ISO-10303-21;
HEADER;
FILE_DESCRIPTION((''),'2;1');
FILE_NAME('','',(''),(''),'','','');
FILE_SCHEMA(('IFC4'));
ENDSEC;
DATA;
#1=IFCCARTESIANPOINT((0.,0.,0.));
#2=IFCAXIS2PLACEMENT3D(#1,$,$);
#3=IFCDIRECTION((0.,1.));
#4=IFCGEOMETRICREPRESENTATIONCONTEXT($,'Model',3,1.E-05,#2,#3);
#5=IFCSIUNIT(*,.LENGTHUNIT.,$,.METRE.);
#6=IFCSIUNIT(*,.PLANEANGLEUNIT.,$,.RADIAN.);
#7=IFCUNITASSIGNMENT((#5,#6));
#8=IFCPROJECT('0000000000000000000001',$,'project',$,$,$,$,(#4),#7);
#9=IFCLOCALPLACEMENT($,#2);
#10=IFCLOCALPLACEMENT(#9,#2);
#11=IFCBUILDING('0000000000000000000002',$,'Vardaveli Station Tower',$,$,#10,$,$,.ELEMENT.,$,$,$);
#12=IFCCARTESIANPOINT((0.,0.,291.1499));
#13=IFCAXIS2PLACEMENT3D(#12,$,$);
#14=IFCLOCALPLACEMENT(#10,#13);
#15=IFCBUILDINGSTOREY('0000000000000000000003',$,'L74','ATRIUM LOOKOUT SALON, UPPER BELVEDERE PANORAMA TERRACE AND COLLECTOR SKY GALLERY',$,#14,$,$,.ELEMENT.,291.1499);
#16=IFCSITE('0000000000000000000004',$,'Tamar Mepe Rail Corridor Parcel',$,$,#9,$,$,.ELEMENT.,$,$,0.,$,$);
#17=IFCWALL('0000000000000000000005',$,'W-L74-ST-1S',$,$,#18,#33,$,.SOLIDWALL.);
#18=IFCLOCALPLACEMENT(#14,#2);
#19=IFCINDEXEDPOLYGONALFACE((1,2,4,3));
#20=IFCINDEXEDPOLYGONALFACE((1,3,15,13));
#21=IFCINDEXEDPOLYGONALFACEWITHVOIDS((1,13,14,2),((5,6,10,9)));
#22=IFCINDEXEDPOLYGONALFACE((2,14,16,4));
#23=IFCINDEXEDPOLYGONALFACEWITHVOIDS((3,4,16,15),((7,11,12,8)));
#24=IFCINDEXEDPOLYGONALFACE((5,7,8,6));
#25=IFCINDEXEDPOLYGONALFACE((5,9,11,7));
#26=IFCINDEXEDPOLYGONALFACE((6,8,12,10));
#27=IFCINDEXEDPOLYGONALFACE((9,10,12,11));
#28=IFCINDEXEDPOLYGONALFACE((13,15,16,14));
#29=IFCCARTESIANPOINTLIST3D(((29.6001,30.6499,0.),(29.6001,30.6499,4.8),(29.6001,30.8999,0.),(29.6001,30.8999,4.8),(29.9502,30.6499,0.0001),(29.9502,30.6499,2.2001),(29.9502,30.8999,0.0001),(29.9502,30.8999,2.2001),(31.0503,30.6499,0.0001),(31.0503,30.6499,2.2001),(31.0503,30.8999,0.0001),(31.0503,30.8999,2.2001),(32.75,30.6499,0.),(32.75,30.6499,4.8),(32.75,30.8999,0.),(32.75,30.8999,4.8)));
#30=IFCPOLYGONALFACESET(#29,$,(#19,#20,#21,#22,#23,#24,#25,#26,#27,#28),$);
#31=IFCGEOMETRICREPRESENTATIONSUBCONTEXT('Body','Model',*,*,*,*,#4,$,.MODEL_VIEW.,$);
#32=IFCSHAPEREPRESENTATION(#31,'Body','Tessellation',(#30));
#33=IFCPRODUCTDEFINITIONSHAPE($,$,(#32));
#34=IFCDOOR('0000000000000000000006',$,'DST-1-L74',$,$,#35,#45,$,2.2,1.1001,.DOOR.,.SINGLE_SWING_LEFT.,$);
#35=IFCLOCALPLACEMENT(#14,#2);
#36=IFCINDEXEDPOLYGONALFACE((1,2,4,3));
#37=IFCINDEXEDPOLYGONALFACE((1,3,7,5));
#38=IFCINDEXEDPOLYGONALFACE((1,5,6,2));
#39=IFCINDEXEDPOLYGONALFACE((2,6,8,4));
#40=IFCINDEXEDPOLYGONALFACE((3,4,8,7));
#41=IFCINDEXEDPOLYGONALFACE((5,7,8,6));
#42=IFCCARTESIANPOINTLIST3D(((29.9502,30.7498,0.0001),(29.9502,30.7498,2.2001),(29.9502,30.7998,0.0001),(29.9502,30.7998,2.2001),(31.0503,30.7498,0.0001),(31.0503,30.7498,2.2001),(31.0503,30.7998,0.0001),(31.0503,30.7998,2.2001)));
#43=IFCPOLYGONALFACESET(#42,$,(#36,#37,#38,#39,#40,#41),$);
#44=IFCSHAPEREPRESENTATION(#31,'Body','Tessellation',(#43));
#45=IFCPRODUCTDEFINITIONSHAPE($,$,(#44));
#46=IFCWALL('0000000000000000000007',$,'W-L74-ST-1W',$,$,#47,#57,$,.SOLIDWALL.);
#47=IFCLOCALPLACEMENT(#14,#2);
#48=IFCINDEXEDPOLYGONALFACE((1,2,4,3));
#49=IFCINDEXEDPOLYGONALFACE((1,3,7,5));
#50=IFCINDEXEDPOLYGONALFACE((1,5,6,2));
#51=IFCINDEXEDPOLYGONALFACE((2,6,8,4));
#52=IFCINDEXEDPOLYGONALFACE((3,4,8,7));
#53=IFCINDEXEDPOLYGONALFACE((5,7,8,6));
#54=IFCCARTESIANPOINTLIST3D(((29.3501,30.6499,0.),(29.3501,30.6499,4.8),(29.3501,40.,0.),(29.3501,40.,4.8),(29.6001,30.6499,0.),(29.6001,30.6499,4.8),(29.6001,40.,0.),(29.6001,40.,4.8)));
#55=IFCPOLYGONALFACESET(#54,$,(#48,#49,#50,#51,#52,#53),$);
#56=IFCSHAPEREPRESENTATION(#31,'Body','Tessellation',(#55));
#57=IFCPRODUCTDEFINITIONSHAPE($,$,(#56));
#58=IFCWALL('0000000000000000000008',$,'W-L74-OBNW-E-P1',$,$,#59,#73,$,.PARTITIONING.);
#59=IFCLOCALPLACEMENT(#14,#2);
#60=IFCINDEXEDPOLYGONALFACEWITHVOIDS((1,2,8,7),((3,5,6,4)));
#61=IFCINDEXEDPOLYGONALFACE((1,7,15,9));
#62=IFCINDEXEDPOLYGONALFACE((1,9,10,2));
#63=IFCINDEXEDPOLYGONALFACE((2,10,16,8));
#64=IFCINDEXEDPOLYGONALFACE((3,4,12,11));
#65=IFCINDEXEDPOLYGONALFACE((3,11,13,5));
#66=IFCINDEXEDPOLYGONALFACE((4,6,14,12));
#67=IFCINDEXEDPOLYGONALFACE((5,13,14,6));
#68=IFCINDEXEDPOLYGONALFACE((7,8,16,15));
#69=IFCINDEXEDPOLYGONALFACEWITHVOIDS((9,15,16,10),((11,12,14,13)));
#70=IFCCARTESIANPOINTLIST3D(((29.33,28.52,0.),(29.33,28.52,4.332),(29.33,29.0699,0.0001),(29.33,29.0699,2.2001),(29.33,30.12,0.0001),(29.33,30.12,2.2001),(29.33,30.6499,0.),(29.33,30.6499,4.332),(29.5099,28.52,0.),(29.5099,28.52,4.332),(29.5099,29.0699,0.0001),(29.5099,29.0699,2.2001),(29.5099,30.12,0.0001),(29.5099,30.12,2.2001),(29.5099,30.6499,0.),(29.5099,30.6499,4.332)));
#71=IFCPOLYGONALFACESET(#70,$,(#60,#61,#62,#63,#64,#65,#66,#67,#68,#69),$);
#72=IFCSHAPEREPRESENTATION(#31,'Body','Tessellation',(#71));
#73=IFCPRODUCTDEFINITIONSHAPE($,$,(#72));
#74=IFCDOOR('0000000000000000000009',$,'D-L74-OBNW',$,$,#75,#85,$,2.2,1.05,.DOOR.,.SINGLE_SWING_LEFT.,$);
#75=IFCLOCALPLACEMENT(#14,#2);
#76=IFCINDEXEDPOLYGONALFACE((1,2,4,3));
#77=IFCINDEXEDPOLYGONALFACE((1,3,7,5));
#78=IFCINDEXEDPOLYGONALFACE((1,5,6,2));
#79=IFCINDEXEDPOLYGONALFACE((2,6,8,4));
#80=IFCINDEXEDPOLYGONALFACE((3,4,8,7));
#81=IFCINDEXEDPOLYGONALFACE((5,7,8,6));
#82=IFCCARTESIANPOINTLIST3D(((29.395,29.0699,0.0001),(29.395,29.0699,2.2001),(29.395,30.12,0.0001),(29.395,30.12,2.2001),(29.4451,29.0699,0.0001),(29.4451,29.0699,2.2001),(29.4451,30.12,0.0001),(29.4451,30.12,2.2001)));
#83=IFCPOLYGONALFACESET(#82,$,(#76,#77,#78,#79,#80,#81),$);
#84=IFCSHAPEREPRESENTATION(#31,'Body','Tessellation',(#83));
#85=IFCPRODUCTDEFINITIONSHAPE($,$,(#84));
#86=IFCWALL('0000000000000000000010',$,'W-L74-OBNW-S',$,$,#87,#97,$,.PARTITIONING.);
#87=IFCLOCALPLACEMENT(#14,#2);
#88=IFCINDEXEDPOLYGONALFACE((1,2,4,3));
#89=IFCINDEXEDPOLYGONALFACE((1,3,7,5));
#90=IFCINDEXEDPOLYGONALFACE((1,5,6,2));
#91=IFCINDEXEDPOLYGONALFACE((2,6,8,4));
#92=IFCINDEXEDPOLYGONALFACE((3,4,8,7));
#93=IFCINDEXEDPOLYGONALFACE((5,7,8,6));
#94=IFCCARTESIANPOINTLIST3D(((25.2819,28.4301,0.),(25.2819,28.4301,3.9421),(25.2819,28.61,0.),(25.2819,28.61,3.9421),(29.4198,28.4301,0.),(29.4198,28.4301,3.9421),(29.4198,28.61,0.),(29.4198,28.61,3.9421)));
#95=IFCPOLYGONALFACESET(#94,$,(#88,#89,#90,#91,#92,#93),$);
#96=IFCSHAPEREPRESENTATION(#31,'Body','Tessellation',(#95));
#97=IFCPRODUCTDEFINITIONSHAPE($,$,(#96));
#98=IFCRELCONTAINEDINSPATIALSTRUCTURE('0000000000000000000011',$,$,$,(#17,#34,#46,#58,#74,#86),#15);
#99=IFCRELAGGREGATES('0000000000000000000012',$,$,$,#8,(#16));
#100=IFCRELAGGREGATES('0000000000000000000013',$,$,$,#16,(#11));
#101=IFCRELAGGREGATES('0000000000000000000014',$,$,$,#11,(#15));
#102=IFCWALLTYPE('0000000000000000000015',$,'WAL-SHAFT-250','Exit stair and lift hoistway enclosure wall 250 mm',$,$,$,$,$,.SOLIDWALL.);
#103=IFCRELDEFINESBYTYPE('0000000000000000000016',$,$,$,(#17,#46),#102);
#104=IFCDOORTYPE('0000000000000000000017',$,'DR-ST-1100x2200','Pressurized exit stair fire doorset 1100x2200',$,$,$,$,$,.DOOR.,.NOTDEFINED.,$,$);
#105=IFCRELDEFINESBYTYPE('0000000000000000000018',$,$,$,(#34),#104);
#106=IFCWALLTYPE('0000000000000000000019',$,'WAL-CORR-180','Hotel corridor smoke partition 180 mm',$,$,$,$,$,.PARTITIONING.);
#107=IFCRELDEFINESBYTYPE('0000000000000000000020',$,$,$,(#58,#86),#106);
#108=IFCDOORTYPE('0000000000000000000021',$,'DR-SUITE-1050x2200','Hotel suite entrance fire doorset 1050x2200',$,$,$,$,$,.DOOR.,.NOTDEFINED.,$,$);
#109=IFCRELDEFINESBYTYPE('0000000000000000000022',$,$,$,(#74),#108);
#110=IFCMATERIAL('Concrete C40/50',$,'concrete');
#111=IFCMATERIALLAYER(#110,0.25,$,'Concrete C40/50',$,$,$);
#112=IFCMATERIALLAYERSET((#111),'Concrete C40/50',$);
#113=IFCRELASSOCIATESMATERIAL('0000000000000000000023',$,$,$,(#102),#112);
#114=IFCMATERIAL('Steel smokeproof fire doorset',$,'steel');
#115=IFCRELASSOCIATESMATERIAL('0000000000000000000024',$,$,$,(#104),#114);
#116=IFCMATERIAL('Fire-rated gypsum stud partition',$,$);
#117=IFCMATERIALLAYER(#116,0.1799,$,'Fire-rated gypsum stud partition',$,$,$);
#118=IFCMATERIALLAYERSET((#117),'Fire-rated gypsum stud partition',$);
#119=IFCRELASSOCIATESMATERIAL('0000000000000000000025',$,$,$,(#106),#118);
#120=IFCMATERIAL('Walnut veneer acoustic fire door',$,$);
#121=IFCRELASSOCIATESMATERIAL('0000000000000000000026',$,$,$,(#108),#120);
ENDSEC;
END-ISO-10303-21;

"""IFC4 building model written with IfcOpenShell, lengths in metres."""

from ifc_helpers import new_model, si_unit, direction, frame, frame_2d, origin, place, context, subcontext, project, spatial, rectangle, extrude, source, transform, mapped, material, layer, layer_set, type_object, element, fill, save


model = new_model("IFC4")

# Units and contexts
model_context = context("Model", 3, precision=1e-05, world=origin(), true_north=direction((0.0, 1.0)))
body_context = subcontext(model_context, "Body", "Model", "MODEL_VIEW")
ifc_project = project(units=[si_unit("LENGTHUNIT", "METRE"), si_unit("PLANEANGLEUNIT", "RADIAN")], contexts=[model_context])

# Site, building, storey
site_placement = place(None, origin())
site = spatial("IfcSite", under=ifc_project, at=site_placement, Name="Tamar Mepe Rail Corridor Parcel", CompositionType="ELEMENT", RefElevation=0.0)
building_placement = place(site_placement, origin())
building = spatial("IfcBuilding", under=site, at=building_placement, Name="Vardaveli Station Tower", CompositionType="ELEMENT")
storey_placement = place(building_placement, frame((0.0, 0.0, 291.1499)))
storey = spatial("IfcBuildingStorey", under=building, at=storey_placement, Name="L74", Description="ATRIUM LOOKOUT SALON, UPPER BELVEDERE PANORAMA TERRACE AND COLLECTOR SKY GALLERY", CompositionType="ELEMENT", Elevation=291.1499)

# Wall, opening, door
ifc_material_1 = material(Name="Concrete C40/50", Category="concrete")
ifc_layer_1 = layer(ifc_material_1, 0.25, Name="Concrete C40/50")
ifc_layer_set_1 = layer_set([ifc_layer_1], Name="Concrete C40/50")
wall_type_1 = type_object("IfcWallType", Name="WAL-SHAFT-250", Description="Exit stair and lift hoistway enclosure wall 250 mm", PredefinedType="SOLIDWALL", material=ifc_layer_set_1)
shared_shape_1 = source(origin(), body_context, "Body", "SweptSolid", [
    extrude(rectangle(XDim=3.1499, YDim=0.25, at=frame_2d((1.575, 0.0))), origin(), (0.0, 0.0, 1.0), 4.8),
])
wall_1_placement = place(storey_placement, frame((29.6001, 30.7749, 0.0), z_axis=(0.0, 0.0, 1.0), x_axis=(1.0, 0.0, 0.0)))
wall_1 = element("IfcWall", 1, at=wall_1_placement, inside=storey, type_object=wall_type_1, Name="W-L74-ST-1S", PredefinedType="SOLIDWALL", context=body_context, shape_type="MappedRepresentation", body=[
    mapped(shared_shape_1, transform((0.0, 0.0, 0.0), scale=1.0)),
])
shared_shape_2 = source(origin(), body_context, "Body", "SweptSolid", [
    extrude(rectangle(XDim=1.1001, YDim=2.2, at=frame_2d((0.55, 1.1001))), frame((0.0, 0.135, 0.0), z_axis=(0.0, -1.0, 0.0), x_axis=(1.0, 0.0, 0.0)), (0.0, 0.0, 1.0), 0.27),
])
opening_1_placement = place(wall_1_placement, frame((0.3501, 0.0, 0.0)))
opening_1 = element("IfcOpeningElement", 2, at=opening_1_placement, cuts=wall_1, PredefinedType="OPENING", context=body_context, shape_type="MappedRepresentation", body=[
    mapped(shared_shape_2, transform((0.0, 0.0, 0.0), scale=1.0)),
])
ifc_material_2 = material(Name="Steel smokeproof fire doorset", Category="steel")
door_type_1 = type_object("IfcDoorType", Name="DR-ST-1100x2200", Description="Pressurized exit stair fire doorset 1100x2200", OperationType="NOTDEFINED", PredefinedType="DOOR", material=ifc_material_2)
shared_shape_3 = source(origin(), body_context, "Body", "SweptSolid", [
    extrude(rectangle(XDim=1.1001, YDim=2.2, at=frame_2d((0.55, 1.1001))), frame((0.0, 0.0249, 0.0), z_axis=(0.0, -1.0, 0.0), x_axis=(1.0, 0.0, 0.0)), (0.0, 0.0, 1.0), 0.05),
])
door_1_placement = place(opening_1_placement, origin())
door_1 = element("IfcDoor", 3, at=door_1_placement, inside=storey, type_object=door_type_1, Name="DST-1-L74", OperationType="SINGLE_SWING_LEFT", OverallHeight=2.2, OverallWidth=1.1001, PredefinedType="DOOR", context=body_context, shape_type="MappedRepresentation", body=[
    mapped(shared_shape_3, transform((0.0, 0.0, 0.0), scale=1.0)),
])
fill(opening_1, door_1)

# Wall
shared_shape_4 = source(origin(), body_context, "Body", "SweptSolid", [
    extrude(rectangle(XDim=9.3501, YDim=0.25, at=frame_2d((4.675, 0.0))), origin(), (0.0, 0.0, 1.0), 4.8),
])
wall_2_placement = place(storey_placement, frame((29.4751, 30.6499, 0.0), z_axis=(0.0, 0.0, 1.0), x_axis=(0.0, 1.0, 0.0)))
element("IfcWall", 4, at=wall_2_placement, inside=storey, type_object=wall_type_1, Name="W-L74-ST-1W", PredefinedType="SOLIDWALL", context=body_context, shape_type="MappedRepresentation", body=[
    mapped(shared_shape_4, transform((0.0, 0.0, 0.0), scale=1.0)),
])

# Wall, opening, door
ifc_material_3 = material(Name="Fire-rated gypsum stud partition")
ifc_layer_2 = layer(ifc_material_3, 0.1799, Name="Fire-rated gypsum stud partition")
ifc_layer_set_2 = layer_set([ifc_layer_2], Name="Fire-rated gypsum stud partition")
wall_type_2 = type_object("IfcWallType", Name="WAL-CORR-180", Description="Hotel corridor smoke partition 180 mm", PredefinedType="PARTITIONING", material=ifc_layer_set_2)
shared_shape_5 = source(origin(), body_context, "Body", "SweptSolid", [
    extrude(rectangle(XDim=2.1299, YDim=0.1799, at=frame_2d((1.0649, 0.0))), origin(), (0.0, 0.0, 1.0), 4.332),
])
wall_3_placement = place(storey_placement, frame((29.4199, 28.52, 0.0), z_axis=(0.0, 0.0, 1.0), x_axis=(0.0, 1.0, 0.0)))
wall_3 = element("IfcWall", 5, at=wall_3_placement, inside=storey, type_object=wall_type_2, Name="W-L74-OBNW-E-P1", PredefinedType="PARTITIONING", context=body_context, shape_type="MappedRepresentation", body=[
    mapped(shared_shape_5, transform((0.0, 0.0, 0.0), scale=1.0)),
])
shared_shape_6 = source(origin(), body_context, "Body", "SweptSolid", [
    extrude(rectangle(XDim=1.05, YDim=2.2, at=frame_2d((0.5249, 1.1001))), frame((0.0, 0.1001, 0.0), z_axis=(0.0, -1.0, 0.0), x_axis=(1.0, 0.0, 0.0)), (0.0, 0.0, 1.0), 0.2),
])
opening_2_placement = place(wall_3_placement, frame((0.55, 0.0, 0.0)))
opening_2 = element("IfcOpeningElement", 6, at=opening_2_placement, cuts=wall_3, PredefinedType="OPENING", context=body_context, shape_type="MappedRepresentation", body=[
    mapped(shared_shape_6, transform((0.0, 0.0, 0.0), scale=1.0)),
])
ifc_material_4 = material(Name="Walnut veneer acoustic fire door")
door_type_2 = type_object("IfcDoorType", Name="DR-SUITE-1050x2200", Description="Hotel suite entrance fire doorset 1050x2200", OperationType="NOTDEFINED", PredefinedType="DOOR", material=ifc_material_4)
shared_shape_7 = source(origin(), body_context, "Body", "SweptSolid", [
    extrude(rectangle(XDim=1.05, YDim=2.2, at=frame_2d((0.5249, 1.1001))), frame((0.0, 0.0249, 0.0), z_axis=(0.0, -1.0, 0.0), x_axis=(1.0, 0.0, 0.0)), (0.0, 0.0, 1.0), 0.05),
])
door_2_placement = place(opening_2_placement, origin())
door_2 = element("IfcDoor", 7, at=door_2_placement, inside=storey, type_object=door_type_2, Name="D-L74-OBNW", OperationType="SINGLE_SWING_LEFT", OverallHeight=2.2, OverallWidth=1.05, PredefinedType="DOOR", context=body_context, shape_type="MappedRepresentation", body=[
    mapped(shared_shape_7, transform((0.0, 0.0, 0.0), scale=1.0)),
])
fill(opening_2, door_2)

# Wall
shared_shape_8 = source(origin(), body_context, "Body", "SweptSolid", [
    extrude(rectangle(XDim=4.1379, YDim=0.1799, at=frame_2d((2.0688, 0.0))), origin(), (0.0, 0.0, 1.0), 3.9421),
])
wall_4_placement = place(storey_placement, frame((25.282, 28.52, 0.0), z_axis=(0.0, 0.0, 1.0), x_axis=(1.0, 0.0, 0.0)))
element("IfcWall", 8, at=wall_4_placement, inside=storey, type_object=wall_type_2, Name="W-L74-OBNW-S", PredefinedType="PARTITIONING", context=body_context, shape_type="MappedRepresentation", body=[
    mapped(shared_shape_8, transform((0.0, 0.0, 0.0), scale=1.0)),
])

save(model, "model.ifc")
